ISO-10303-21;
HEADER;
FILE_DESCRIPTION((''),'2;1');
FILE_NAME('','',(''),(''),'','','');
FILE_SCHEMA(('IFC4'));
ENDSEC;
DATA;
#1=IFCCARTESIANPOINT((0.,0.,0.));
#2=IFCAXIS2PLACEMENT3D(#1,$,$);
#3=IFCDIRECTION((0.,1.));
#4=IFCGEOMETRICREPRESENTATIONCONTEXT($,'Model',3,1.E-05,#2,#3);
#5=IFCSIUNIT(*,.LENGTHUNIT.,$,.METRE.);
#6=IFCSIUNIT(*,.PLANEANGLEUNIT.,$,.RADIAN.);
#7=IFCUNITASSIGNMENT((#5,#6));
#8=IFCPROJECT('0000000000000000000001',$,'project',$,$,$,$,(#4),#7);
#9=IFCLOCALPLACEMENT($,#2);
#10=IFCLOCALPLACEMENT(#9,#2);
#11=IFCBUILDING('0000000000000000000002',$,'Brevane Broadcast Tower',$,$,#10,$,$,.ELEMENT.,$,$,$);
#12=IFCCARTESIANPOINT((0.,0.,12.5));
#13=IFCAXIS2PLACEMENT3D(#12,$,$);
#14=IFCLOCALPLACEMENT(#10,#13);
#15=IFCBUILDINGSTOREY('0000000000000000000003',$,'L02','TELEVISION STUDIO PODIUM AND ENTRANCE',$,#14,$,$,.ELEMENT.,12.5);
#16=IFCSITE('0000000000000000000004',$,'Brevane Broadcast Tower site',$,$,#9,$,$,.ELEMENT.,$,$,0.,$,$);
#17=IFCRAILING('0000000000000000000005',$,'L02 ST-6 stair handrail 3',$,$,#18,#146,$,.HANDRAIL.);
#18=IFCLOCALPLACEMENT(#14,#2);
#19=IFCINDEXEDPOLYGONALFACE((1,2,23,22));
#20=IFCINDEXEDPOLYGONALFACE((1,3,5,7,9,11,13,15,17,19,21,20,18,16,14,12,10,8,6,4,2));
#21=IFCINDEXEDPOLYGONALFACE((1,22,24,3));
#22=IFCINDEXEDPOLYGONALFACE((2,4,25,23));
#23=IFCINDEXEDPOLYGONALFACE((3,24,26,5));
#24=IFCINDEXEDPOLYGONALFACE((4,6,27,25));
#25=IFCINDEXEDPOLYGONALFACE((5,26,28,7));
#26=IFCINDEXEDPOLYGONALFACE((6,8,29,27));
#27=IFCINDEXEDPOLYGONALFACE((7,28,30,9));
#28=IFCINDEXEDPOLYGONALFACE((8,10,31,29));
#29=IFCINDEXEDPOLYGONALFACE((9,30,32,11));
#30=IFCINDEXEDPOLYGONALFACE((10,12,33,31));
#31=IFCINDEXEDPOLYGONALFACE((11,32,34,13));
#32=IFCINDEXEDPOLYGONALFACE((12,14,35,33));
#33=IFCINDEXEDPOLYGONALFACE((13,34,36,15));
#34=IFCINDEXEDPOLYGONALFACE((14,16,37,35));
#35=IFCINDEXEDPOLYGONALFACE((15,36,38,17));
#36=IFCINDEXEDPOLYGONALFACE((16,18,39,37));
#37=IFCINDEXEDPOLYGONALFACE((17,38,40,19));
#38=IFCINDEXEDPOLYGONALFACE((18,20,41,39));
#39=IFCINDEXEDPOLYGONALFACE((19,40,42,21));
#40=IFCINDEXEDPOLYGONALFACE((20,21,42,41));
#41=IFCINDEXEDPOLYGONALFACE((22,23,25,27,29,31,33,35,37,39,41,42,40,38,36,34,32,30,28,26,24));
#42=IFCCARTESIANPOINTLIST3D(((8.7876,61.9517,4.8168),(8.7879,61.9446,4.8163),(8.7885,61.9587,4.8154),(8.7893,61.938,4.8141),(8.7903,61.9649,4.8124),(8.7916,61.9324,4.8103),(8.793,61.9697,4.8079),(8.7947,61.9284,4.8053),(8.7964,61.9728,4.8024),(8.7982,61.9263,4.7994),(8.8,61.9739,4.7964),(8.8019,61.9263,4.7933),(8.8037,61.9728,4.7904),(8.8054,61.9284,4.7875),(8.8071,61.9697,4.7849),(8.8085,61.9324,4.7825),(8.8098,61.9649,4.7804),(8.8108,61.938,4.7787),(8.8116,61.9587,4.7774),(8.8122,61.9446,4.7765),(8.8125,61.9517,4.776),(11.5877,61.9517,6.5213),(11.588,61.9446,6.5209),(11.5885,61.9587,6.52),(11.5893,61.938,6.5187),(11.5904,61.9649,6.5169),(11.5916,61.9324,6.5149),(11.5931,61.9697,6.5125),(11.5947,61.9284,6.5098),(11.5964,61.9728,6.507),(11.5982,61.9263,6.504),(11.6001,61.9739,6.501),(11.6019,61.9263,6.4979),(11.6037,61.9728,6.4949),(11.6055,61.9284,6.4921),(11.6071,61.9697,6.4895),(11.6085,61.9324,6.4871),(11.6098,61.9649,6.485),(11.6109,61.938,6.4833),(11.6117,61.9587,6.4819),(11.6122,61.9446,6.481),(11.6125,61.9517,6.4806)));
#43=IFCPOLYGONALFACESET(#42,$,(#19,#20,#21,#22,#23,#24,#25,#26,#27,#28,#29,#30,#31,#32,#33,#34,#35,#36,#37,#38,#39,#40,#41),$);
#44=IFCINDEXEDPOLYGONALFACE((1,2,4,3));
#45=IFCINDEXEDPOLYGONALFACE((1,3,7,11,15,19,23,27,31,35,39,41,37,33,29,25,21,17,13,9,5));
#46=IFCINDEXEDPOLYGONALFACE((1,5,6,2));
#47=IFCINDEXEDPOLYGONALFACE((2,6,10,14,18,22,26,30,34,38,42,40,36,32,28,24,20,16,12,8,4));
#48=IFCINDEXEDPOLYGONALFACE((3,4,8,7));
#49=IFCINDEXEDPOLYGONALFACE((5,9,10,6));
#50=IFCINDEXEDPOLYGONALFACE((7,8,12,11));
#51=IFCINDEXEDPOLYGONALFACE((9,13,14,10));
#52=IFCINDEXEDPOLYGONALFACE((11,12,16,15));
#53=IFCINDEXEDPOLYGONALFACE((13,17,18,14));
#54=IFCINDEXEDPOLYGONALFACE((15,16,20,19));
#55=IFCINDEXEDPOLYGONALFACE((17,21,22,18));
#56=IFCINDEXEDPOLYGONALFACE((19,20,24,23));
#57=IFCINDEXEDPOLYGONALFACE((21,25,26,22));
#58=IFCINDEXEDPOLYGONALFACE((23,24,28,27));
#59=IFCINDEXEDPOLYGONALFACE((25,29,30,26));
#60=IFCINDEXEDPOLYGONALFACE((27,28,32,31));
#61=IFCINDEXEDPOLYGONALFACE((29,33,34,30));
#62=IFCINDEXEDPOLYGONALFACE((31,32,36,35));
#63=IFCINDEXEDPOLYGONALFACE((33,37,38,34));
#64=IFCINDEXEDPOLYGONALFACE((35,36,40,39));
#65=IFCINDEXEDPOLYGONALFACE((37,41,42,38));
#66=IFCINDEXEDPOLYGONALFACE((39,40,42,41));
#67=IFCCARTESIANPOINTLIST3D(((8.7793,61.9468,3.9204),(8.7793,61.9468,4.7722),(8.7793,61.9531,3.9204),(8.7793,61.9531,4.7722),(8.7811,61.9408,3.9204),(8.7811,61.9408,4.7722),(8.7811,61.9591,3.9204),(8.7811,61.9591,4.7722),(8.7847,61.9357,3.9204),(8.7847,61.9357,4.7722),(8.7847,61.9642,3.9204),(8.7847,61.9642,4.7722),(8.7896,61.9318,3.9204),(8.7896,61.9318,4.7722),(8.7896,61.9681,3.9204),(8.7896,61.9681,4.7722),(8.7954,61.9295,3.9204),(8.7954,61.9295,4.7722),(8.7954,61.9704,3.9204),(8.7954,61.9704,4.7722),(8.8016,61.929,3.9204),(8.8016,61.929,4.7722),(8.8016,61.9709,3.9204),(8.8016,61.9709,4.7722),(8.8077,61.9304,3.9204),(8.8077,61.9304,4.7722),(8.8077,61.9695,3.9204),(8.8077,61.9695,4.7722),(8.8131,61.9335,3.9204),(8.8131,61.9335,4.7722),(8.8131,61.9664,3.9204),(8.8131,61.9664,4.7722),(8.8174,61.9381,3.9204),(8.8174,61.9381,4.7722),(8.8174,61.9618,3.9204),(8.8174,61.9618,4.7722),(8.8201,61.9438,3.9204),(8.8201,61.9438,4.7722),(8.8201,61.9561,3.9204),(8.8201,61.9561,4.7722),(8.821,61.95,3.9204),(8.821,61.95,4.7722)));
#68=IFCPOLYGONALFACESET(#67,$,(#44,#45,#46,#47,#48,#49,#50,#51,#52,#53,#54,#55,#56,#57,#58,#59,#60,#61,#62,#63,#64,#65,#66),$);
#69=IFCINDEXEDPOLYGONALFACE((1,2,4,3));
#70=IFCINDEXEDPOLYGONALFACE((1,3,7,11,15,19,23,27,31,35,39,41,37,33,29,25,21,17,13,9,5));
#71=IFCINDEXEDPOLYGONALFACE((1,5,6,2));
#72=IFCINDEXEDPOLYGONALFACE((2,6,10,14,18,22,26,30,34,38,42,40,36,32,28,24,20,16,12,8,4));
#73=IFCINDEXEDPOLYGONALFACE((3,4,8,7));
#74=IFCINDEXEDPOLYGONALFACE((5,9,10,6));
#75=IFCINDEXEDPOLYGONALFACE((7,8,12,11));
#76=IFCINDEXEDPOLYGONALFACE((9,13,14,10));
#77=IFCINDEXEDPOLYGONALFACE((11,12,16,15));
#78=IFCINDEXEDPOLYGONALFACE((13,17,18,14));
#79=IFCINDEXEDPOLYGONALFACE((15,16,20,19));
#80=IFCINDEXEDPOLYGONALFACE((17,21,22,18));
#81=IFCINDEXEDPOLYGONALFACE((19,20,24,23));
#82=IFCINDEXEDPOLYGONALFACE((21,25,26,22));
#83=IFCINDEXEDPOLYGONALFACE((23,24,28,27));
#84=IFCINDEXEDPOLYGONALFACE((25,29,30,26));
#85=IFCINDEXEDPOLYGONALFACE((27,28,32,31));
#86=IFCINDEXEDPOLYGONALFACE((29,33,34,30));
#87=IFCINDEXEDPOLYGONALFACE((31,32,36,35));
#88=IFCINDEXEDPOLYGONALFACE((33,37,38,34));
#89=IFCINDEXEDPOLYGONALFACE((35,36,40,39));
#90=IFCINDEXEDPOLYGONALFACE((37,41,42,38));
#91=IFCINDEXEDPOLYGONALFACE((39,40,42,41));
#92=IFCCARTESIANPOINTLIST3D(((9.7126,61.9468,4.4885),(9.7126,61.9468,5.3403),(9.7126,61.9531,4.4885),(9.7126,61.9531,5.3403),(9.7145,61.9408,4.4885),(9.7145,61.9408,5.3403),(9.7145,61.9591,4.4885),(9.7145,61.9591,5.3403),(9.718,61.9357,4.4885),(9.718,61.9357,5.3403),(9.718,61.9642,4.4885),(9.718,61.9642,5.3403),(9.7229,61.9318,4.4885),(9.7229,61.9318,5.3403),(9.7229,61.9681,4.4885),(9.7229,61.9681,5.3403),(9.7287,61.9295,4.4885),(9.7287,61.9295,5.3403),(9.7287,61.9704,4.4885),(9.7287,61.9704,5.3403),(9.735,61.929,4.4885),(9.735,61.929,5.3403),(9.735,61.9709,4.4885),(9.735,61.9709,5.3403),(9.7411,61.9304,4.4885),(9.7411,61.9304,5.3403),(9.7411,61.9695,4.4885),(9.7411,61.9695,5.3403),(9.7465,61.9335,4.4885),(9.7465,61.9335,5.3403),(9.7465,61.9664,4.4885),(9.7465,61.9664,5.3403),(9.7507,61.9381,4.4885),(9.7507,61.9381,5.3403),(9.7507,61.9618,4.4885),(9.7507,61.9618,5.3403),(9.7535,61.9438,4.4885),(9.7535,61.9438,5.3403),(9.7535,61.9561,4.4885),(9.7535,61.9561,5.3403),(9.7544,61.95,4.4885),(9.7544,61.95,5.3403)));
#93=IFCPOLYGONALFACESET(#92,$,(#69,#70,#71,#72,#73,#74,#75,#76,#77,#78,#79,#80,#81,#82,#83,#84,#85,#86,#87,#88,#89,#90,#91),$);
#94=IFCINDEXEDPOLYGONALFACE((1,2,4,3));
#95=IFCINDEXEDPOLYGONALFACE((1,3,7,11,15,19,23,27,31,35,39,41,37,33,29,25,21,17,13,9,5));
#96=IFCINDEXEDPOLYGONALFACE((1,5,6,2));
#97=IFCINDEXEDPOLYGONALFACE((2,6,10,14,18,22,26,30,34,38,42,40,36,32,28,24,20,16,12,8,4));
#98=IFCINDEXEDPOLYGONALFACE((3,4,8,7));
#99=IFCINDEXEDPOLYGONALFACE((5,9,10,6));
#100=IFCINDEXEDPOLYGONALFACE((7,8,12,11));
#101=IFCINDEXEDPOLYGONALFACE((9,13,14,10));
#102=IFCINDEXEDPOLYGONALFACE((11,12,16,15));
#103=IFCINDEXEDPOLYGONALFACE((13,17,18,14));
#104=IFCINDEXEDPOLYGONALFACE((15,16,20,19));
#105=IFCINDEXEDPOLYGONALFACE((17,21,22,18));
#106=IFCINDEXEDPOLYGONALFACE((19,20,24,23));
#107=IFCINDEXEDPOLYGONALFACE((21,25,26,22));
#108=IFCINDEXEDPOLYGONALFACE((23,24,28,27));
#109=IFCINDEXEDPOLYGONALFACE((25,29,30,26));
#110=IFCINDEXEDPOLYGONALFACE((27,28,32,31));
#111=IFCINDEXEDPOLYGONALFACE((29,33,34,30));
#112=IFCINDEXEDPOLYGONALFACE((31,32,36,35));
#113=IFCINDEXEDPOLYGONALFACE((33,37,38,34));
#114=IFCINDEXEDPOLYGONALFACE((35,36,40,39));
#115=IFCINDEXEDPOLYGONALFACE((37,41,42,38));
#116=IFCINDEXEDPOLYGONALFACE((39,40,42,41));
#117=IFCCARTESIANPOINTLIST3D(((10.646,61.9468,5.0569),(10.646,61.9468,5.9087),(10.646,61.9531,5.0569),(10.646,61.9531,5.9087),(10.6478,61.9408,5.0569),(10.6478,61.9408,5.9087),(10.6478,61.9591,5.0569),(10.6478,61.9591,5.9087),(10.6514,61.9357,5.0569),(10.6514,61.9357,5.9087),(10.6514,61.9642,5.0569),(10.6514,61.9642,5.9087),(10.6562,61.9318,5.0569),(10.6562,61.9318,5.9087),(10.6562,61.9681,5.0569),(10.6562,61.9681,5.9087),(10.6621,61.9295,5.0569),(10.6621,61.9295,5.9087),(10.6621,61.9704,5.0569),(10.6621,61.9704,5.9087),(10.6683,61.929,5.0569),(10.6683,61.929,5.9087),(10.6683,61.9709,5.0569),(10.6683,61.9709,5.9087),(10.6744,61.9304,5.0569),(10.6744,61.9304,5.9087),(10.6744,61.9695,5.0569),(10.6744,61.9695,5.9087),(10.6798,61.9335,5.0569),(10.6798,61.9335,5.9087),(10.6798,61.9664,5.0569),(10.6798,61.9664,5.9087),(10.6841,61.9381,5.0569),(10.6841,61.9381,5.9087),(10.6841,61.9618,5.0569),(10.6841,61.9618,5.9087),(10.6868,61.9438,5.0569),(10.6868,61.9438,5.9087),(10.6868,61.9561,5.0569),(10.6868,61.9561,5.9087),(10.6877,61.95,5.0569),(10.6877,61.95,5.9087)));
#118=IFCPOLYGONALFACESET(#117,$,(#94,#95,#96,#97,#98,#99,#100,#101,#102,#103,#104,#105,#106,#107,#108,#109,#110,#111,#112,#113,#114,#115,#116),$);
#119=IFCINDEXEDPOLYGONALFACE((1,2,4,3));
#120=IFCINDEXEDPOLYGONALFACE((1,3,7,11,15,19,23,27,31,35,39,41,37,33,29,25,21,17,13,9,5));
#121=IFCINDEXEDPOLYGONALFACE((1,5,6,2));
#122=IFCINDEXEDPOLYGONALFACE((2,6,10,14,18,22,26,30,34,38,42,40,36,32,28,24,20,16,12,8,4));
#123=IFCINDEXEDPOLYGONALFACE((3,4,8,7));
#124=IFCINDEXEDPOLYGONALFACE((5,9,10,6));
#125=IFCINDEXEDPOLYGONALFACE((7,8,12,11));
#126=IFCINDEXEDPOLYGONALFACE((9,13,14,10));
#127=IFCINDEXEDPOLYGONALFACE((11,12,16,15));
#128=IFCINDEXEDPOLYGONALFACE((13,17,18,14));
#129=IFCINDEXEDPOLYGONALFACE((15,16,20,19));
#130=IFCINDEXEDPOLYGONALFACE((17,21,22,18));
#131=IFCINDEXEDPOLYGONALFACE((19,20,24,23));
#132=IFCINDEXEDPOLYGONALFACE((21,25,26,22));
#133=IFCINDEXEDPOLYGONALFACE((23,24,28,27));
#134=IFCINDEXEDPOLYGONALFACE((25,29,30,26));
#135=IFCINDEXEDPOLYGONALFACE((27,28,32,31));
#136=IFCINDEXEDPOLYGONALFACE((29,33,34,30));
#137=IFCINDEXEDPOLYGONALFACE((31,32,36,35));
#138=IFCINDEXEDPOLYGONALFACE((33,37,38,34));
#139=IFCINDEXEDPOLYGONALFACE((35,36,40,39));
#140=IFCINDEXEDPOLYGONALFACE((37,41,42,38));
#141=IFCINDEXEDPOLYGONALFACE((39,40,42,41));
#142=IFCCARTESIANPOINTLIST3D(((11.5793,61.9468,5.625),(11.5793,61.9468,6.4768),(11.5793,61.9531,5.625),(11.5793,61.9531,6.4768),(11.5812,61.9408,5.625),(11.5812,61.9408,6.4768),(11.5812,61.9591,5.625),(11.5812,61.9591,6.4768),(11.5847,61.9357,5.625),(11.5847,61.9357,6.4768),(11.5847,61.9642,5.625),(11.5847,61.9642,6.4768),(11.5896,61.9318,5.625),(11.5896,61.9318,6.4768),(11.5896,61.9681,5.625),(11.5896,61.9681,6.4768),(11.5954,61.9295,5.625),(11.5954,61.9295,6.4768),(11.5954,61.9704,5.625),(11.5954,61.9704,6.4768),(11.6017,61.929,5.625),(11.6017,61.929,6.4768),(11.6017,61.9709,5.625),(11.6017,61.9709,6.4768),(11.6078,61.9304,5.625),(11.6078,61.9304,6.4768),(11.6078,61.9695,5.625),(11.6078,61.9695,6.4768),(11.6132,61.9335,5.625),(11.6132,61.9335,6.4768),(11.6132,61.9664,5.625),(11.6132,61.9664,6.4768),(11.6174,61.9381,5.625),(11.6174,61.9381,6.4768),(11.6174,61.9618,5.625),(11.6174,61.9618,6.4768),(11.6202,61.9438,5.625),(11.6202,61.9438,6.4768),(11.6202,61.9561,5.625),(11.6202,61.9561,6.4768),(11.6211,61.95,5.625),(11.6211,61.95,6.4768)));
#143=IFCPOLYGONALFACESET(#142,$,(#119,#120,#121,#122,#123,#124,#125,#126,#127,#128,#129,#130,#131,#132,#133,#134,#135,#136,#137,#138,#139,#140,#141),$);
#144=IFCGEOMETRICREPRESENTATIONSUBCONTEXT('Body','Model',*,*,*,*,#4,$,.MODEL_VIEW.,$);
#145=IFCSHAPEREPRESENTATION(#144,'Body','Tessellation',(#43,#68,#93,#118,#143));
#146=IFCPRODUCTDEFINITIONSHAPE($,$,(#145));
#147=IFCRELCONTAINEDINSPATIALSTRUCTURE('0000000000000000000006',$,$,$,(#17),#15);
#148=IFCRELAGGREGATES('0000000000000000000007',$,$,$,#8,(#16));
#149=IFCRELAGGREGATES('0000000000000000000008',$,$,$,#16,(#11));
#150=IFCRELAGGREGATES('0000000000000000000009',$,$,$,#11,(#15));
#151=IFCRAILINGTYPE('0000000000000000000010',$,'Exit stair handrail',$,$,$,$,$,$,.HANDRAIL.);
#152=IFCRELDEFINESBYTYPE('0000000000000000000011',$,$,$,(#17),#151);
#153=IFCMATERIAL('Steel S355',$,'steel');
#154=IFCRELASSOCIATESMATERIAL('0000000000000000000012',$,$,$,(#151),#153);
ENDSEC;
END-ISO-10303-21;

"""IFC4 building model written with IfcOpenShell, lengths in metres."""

from ifc_helpers import new_model, si_unit, direction, frame, origin, origin_2d, place, context, subcontext, project, spatial, circle, extrude, material, type_object, element, save


model = new_model("IFC4")

# Units and contexts
model_context = context("Model", 3, precision=1e-05, world=origin(), true_north=direction((0.0, 1.0)))
body_context = subcontext(model_context, "Body", "Model", "MODEL_VIEW")
ifc_project = project(units=[si_unit("LENGTHUNIT", "METRE"), si_unit("PLANEANGLEUNIT", "RADIAN")], contexts=[model_context])

# Site, building, storey
site_placement = place(None, origin())
site = spatial("IfcSite", under=ifc_project, at=site_placement, Name="Brevane Broadcast Tower site", CompositionType="ELEMENT", RefElevation=0.0)
building_placement = place(site_placement, origin())
building = spatial("IfcBuilding", under=site, at=building_placement, Name="Brevane Broadcast Tower", CompositionType="ELEMENT")
storey_placement = place(building_placement, frame((0.0, 0.0, 12.5)))
storey = spatial("IfcBuildingStorey", under=building, at=storey_placement, Name="L02", Description="TELEVISION STUDIO PODIUM AND ENTRANCE", CompositionType="ELEMENT", Elevation=12.5)

# Railing
ifc_material_1 = material(Name="Steel S355", Category="steel")
railing_type_1 = type_object("IfcRailingType", Name="Exit stair handrail", PredefinedType="HANDRAIL", material=ifc_material_1)
for number, where, name in (
    (1, (8.8, 61.95, 3.9204), "L02 ST-6 stair handrail 3"),
):
    element("IfcRailing", number, at=place(storey_placement, frame(where)), inside=storey, type_object=railing_type_1, Name=name, PredefinedType="HANDRAIL", context=body_context, shape_type="SweptSolid", body=[
        extrude(circle(Radius=0.0239, at=origin_2d()), frame((0.0, 0.0, 0.876), z_axis=(0.85417, 0.0, 0.519994), x_axis=(0.0, 1.0, 0.0)), (0.0, 0.0, 1.0), 3.2781),
        extrude(circle(Radius=0.021, at=origin_2d()), origin(), (0.0, 0.0, 1.0), 0.8518),
        extrude(circle(Radius=0.021, at=origin_2d()), frame((0.9333, 0.0, 0.5681)), (0.0, 0.0, 1.0), 0.8518),
        extrude(circle(Radius=0.021, at=origin_2d()), frame((1.8667, 0.0, 1.1365)), (0.0, 0.0, 1.0), 0.8518),
        extrude(circle(Radius=0.021, at=origin_2d()), frame((2.8, 0.0, 1.7046)), (0.0, 0.0, 1.0), 0.8518),
    ])

save(model, "model.ifc")
